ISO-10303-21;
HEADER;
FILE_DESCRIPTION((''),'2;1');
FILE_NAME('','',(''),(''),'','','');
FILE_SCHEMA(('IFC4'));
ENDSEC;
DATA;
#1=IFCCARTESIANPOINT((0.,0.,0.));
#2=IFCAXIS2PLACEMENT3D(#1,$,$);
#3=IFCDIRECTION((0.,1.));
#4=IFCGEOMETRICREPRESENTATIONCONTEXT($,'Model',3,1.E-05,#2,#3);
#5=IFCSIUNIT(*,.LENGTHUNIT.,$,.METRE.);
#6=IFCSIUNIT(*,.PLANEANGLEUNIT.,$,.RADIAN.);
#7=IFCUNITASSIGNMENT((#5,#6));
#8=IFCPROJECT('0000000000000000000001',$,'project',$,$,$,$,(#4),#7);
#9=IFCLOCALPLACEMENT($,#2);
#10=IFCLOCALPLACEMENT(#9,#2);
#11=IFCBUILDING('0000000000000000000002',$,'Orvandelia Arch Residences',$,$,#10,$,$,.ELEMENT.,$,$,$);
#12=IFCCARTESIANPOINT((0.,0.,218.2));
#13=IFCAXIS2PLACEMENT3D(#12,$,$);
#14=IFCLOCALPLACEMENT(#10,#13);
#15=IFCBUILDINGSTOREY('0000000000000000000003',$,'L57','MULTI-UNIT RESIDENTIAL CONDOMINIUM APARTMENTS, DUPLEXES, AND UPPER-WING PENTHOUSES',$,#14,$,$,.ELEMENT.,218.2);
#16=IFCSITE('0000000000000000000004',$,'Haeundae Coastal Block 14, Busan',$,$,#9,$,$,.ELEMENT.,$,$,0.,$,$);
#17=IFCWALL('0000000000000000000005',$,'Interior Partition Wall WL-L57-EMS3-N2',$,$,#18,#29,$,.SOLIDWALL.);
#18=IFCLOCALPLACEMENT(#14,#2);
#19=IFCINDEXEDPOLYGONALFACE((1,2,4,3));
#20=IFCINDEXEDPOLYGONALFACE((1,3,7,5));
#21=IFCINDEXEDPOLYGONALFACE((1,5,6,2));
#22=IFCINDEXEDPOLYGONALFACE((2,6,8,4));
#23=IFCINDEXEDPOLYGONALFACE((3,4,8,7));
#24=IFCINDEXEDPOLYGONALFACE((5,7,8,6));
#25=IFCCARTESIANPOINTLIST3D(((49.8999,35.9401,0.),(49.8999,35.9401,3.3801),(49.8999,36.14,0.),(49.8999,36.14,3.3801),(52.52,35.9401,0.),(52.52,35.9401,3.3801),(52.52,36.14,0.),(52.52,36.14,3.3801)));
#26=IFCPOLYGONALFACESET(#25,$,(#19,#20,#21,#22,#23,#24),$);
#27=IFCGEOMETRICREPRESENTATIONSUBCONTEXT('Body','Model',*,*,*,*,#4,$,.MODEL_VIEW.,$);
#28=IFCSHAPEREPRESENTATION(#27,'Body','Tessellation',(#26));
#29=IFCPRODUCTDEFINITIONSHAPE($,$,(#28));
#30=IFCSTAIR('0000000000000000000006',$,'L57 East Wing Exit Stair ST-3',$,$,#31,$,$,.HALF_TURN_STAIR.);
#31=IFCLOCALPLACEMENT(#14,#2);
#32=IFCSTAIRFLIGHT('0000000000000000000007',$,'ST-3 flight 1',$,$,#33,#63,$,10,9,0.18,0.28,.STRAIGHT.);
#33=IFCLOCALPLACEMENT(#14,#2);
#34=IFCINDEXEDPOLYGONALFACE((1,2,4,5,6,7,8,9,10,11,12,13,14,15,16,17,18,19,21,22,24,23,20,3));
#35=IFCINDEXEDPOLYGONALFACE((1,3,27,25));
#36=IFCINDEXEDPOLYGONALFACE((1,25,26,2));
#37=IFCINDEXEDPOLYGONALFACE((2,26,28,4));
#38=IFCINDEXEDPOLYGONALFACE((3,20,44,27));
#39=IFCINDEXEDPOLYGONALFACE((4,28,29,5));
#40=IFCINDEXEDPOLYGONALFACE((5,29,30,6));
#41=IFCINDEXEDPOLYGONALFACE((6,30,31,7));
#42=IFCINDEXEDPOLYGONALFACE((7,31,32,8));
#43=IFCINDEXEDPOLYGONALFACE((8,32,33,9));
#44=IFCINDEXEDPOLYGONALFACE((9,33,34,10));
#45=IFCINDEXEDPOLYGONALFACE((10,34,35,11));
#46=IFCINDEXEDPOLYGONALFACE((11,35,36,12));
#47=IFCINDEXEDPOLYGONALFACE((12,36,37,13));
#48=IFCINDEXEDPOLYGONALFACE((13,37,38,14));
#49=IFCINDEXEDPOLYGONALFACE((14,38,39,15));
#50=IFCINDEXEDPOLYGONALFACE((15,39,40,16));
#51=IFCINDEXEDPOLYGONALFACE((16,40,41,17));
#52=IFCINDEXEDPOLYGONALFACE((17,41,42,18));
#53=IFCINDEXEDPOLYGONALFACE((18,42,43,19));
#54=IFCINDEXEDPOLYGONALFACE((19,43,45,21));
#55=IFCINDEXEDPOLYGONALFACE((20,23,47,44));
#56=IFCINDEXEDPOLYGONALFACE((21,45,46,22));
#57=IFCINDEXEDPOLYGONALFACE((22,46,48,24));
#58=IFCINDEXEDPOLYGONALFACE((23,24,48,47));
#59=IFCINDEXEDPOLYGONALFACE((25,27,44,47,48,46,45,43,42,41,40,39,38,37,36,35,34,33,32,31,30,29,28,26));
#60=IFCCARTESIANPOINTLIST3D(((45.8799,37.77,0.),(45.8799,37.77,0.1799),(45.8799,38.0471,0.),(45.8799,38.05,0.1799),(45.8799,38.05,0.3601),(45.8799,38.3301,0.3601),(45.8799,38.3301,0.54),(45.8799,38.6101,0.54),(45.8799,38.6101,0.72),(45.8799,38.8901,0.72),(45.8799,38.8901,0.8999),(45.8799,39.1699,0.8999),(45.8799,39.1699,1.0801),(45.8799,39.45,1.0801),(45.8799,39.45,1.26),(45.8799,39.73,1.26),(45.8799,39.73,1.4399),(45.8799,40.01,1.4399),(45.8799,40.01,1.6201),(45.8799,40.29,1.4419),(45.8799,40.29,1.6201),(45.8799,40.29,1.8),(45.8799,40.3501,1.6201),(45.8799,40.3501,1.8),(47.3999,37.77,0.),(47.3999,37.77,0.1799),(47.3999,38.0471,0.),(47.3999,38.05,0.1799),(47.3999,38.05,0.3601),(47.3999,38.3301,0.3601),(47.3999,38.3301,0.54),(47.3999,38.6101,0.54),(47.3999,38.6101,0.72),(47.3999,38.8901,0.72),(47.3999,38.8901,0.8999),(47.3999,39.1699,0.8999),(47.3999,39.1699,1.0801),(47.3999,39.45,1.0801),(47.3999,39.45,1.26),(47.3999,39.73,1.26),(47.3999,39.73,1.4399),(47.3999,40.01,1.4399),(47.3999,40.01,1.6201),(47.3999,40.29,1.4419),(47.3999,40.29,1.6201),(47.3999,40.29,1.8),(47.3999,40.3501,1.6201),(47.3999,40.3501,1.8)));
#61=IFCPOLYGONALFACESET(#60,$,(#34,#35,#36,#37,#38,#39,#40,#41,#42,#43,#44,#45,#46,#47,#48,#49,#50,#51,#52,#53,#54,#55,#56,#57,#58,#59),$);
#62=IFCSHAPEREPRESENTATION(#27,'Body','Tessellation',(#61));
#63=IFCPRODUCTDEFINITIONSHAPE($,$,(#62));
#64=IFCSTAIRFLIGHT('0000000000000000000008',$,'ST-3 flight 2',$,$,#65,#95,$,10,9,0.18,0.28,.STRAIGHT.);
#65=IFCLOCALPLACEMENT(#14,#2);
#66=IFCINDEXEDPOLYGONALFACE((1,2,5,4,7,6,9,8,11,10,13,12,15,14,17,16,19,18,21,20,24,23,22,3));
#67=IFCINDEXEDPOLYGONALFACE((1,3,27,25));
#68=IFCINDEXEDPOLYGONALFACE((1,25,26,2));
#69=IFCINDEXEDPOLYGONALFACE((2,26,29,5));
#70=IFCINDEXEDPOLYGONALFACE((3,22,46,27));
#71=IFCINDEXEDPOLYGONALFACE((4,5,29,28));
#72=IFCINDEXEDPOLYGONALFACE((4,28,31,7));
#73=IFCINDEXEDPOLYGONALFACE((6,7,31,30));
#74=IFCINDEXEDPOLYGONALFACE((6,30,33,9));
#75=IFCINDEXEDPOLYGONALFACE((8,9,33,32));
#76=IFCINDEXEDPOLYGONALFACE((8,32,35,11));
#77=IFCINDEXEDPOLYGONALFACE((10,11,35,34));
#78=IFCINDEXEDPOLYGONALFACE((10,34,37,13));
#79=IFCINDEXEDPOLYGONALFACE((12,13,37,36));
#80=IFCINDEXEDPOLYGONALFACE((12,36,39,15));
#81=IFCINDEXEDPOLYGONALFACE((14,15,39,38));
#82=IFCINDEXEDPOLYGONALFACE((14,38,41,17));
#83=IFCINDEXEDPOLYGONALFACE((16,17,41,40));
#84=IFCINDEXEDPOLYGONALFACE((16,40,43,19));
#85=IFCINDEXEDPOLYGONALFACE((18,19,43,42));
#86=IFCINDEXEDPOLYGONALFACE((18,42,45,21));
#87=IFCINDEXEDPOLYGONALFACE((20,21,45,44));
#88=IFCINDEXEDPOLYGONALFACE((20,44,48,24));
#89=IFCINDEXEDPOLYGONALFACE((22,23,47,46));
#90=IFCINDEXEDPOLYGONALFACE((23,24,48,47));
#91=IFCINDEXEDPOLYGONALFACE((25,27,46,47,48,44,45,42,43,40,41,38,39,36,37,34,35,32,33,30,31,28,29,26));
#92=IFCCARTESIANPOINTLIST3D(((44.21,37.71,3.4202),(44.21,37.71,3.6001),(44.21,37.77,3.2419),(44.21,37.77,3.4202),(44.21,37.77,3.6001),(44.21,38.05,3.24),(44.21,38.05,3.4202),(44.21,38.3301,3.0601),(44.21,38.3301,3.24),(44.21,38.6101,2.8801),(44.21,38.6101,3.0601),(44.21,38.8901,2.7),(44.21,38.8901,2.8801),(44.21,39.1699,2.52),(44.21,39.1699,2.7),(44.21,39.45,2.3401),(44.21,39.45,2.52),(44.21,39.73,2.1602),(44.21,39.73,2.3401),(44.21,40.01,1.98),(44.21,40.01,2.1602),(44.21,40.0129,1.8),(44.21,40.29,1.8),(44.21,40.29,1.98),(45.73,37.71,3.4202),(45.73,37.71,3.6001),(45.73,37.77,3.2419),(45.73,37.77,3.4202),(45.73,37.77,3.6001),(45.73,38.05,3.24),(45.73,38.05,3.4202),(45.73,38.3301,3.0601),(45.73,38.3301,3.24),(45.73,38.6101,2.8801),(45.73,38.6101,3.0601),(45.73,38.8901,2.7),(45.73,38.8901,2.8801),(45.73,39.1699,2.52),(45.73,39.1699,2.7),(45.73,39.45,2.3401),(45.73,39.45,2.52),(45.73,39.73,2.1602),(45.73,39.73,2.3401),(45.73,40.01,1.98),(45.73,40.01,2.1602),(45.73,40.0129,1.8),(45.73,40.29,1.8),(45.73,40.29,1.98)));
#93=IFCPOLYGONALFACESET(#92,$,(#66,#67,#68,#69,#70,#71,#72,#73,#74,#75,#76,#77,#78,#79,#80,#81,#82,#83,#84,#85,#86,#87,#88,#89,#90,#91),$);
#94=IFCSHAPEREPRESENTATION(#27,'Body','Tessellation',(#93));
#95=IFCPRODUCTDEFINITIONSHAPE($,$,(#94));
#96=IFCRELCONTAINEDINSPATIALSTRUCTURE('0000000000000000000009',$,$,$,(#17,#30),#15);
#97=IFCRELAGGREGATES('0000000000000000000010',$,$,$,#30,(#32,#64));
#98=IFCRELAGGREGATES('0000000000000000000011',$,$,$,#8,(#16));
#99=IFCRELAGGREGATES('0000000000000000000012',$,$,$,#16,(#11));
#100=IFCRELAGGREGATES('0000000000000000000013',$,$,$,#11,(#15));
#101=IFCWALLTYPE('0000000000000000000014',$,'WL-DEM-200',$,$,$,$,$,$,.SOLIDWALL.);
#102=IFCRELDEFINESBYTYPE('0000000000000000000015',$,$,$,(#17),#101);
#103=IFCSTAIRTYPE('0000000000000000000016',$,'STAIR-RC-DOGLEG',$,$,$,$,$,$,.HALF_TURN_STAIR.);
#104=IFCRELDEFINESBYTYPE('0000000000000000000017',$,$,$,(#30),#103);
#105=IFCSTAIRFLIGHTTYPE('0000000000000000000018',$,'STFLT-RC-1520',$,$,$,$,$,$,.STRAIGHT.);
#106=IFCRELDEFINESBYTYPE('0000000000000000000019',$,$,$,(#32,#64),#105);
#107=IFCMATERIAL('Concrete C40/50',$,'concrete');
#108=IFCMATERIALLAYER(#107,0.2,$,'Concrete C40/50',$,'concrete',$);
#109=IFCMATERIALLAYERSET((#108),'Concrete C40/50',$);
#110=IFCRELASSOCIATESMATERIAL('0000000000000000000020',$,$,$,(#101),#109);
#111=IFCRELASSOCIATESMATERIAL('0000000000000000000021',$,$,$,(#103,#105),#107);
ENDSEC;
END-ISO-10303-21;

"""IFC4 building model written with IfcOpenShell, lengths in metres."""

from ifc_helpers import new_model, si_unit, direction, frame, frame_2d, origin, place, context, subcontext, project, spatial, polyline, rectangle, outline, extrude, material, layer, layer_set, type_object, element, aggregate, save


model = new_model("IFC4")

# Units and contexts
model_context = context("Model", 3, precision=1e-05, world=origin(), true_north=direction((0.0, 1.0)))
body_context = subcontext(model_context, "Body", "Model", "MODEL_VIEW")
ifc_project = project(units=[si_unit("LENGTHUNIT", "METRE"), si_unit("PLANEANGLEUNIT", "RADIAN")], contexts=[model_context])

# Site, building, storey
site_placement = place(None, origin())
site = spatial("IfcSite", under=ifc_project, at=site_placement, Name="Haeundae Coastal Block 14, Busan", CompositionType="ELEMENT", RefElevation=0.0)
building_placement = place(site_placement, origin())
building = spatial("IfcBuilding", under=site, at=building_placement, Name="Orvandelia Arch Residences", CompositionType="ELEMENT")
storey_placement = place(building_placement, frame((0.0, 0.0, 218.2)))
storey = spatial("IfcBuildingStorey", under=building, at=storey_placement, Name="L57", Description="MULTI-UNIT RESIDENTIAL CONDOMINIUM APARTMENTS, DUPLEXES, AND UPPER-WING PENTHOUSES", CompositionType="ELEMENT", Elevation=218.2)

# Wall
ifc_material_1 = material(Name="Concrete C40/50", Category="concrete")
ifc_layer_1 = layer(ifc_material_1, 0.2, Name="Concrete C40/50", Category="concrete")
ifc_layer_set_1 = layer_set([ifc_layer_1], Name="Concrete C40/50")
wall_type_1 = type_object("IfcWallType", Name="WL-DEM-200", PredefinedType="SOLIDWALL", material=ifc_layer_set_1)
wall_1_placement = place(storey_placement, frame((49.8999, 36.04, 0.0), z_axis=(0.0, 0.0, 1.0), x_axis=(1.0, 0.0, 0.0)))
element("IfcWall", 1, at=wall_1_placement, inside=storey, type_object=wall_type_1, Name="Interior Partition Wall WL-L57-EMS3-N2", PredefinedType="SOLIDWALL", context=body_context, shape_type="SweptSolid", body=[
    extrude(rectangle(XDim=2.6201, YDim=0.2, at=frame_2d((1.3101, 0.0))), origin(), (0.0, 0.0, 1.0), 3.3801),
])

# Stair, stair flights
stair_type = type_object("IfcStairType", Name="STAIR-RC-DOGLEG", PredefinedType="HALF_TURN_STAIR", material=ifc_material_1)
stair_placement = place(storey_placement, origin())
stair = element("IfcStair", 2, at=stair_placement, inside=storey, type_object=stair_type, Name="L57 East Wing Exit Stair ST-3", PredefinedType="HALF_TURN_STAIR")
stair_flight_type = type_object("IfcStairFlightType", Name="STFLT-RC-1520", PredefinedType="STRAIGHT", material=ifc_material_1)
stair_flight_1_placement = place(storey_placement, frame((46.6399, 37.77, 0.0), z_axis=(0.0, 0.0, 1.0), x_axis=(0.0, 1.0, 0.0)))
stair_flight_1 = element("IfcStairFlight", 3, at=stair_flight_1_placement, type_object=stair_flight_type, Name="ST-3 flight 1", NumberOfRisers=10, NumberOfTreads=9, PredefinedType="STRAIGHT", RiserHeight=0.18, TreadLength=0.28, context=body_context, shape_type="SweptSolid", body=[
    extrude(outline(polyline([(0.0, 0.0), (0.0, 0.1799), (0.28, 0.1799), (0.28, 0.3601), (0.5601, 0.3601), (0.5601, 0.54), (0.8401, 0.54), (0.8401, 0.72), (1.1201, 0.72), (1.1201, 0.8999), (1.3999, 0.8999), (1.3999, 1.0801), (1.6799, 1.0801), (1.6799, 1.26), (1.96, 1.26), (1.96, 1.4399), (2.24, 1.4399), (2.24, 1.6201), (2.52, 1.6201), (2.52, 1.8), (2.5801, 1.8), (2.5801, 1.6201), (2.52, 1.4419), (0.2771, 0.0), (0.0, 0.0)])), frame((0.0, 0.76, 0.0), z_axis=(0.0, -1.0, 0.0), x_axis=(1.0, 0.0, 0.0)), (0.0, 0.0, 1.0), 1.52),
])
stair_flight_2_placement = place(storey_placement, frame((44.97, 40.29, 1.8), z_axis=(0.0, 0.0, 1.0), x_axis=(0.0, -1.0, 0.0)))
stair_flight_2 = element("IfcStairFlight", 4, at=stair_flight_2_placement, type_object=stair_flight_type, Name="ST-3 flight 2", NumberOfRisers=10, NumberOfTreads=9, PredefinedType="STRAIGHT", RiserHeight=0.18, TreadLength=0.28, context=body_context, shape_type="SweptSolid", body=[
    extrude(outline(polyline([(0.0, 0.0), (0.0, 0.1799), (0.28, 0.1799), (0.28, 0.3601), (0.5601, 0.3601), (0.5601, 0.54), (0.8401, 0.54), (0.8401, 0.72), (1.1201, 0.72), (1.1201, 0.8999), (1.3999, 0.8999), (1.3999, 1.0801), (1.6799, 1.0801), (1.6799, 1.26), (1.96, 1.26), (1.96, 1.4399), (2.24, 1.4399), (2.24, 1.6201), (2.52, 1.6201), (2.52, 1.8), (2.5801, 1.8), (2.5801, 1.6201), (2.52, 1.4419), (0.2771, 0.0), (0.0, 0.0)])), frame((0.0, 0.76, 0.0), z_axis=(0.0, -1.0, 0.0), x_axis=(1.0, 0.0, 0.0)), (0.0, 0.0, 1.0), 1.52),
])
aggregate(stair, [stair_flight_1, stair_flight_2])

save(model, "model.ifc")
